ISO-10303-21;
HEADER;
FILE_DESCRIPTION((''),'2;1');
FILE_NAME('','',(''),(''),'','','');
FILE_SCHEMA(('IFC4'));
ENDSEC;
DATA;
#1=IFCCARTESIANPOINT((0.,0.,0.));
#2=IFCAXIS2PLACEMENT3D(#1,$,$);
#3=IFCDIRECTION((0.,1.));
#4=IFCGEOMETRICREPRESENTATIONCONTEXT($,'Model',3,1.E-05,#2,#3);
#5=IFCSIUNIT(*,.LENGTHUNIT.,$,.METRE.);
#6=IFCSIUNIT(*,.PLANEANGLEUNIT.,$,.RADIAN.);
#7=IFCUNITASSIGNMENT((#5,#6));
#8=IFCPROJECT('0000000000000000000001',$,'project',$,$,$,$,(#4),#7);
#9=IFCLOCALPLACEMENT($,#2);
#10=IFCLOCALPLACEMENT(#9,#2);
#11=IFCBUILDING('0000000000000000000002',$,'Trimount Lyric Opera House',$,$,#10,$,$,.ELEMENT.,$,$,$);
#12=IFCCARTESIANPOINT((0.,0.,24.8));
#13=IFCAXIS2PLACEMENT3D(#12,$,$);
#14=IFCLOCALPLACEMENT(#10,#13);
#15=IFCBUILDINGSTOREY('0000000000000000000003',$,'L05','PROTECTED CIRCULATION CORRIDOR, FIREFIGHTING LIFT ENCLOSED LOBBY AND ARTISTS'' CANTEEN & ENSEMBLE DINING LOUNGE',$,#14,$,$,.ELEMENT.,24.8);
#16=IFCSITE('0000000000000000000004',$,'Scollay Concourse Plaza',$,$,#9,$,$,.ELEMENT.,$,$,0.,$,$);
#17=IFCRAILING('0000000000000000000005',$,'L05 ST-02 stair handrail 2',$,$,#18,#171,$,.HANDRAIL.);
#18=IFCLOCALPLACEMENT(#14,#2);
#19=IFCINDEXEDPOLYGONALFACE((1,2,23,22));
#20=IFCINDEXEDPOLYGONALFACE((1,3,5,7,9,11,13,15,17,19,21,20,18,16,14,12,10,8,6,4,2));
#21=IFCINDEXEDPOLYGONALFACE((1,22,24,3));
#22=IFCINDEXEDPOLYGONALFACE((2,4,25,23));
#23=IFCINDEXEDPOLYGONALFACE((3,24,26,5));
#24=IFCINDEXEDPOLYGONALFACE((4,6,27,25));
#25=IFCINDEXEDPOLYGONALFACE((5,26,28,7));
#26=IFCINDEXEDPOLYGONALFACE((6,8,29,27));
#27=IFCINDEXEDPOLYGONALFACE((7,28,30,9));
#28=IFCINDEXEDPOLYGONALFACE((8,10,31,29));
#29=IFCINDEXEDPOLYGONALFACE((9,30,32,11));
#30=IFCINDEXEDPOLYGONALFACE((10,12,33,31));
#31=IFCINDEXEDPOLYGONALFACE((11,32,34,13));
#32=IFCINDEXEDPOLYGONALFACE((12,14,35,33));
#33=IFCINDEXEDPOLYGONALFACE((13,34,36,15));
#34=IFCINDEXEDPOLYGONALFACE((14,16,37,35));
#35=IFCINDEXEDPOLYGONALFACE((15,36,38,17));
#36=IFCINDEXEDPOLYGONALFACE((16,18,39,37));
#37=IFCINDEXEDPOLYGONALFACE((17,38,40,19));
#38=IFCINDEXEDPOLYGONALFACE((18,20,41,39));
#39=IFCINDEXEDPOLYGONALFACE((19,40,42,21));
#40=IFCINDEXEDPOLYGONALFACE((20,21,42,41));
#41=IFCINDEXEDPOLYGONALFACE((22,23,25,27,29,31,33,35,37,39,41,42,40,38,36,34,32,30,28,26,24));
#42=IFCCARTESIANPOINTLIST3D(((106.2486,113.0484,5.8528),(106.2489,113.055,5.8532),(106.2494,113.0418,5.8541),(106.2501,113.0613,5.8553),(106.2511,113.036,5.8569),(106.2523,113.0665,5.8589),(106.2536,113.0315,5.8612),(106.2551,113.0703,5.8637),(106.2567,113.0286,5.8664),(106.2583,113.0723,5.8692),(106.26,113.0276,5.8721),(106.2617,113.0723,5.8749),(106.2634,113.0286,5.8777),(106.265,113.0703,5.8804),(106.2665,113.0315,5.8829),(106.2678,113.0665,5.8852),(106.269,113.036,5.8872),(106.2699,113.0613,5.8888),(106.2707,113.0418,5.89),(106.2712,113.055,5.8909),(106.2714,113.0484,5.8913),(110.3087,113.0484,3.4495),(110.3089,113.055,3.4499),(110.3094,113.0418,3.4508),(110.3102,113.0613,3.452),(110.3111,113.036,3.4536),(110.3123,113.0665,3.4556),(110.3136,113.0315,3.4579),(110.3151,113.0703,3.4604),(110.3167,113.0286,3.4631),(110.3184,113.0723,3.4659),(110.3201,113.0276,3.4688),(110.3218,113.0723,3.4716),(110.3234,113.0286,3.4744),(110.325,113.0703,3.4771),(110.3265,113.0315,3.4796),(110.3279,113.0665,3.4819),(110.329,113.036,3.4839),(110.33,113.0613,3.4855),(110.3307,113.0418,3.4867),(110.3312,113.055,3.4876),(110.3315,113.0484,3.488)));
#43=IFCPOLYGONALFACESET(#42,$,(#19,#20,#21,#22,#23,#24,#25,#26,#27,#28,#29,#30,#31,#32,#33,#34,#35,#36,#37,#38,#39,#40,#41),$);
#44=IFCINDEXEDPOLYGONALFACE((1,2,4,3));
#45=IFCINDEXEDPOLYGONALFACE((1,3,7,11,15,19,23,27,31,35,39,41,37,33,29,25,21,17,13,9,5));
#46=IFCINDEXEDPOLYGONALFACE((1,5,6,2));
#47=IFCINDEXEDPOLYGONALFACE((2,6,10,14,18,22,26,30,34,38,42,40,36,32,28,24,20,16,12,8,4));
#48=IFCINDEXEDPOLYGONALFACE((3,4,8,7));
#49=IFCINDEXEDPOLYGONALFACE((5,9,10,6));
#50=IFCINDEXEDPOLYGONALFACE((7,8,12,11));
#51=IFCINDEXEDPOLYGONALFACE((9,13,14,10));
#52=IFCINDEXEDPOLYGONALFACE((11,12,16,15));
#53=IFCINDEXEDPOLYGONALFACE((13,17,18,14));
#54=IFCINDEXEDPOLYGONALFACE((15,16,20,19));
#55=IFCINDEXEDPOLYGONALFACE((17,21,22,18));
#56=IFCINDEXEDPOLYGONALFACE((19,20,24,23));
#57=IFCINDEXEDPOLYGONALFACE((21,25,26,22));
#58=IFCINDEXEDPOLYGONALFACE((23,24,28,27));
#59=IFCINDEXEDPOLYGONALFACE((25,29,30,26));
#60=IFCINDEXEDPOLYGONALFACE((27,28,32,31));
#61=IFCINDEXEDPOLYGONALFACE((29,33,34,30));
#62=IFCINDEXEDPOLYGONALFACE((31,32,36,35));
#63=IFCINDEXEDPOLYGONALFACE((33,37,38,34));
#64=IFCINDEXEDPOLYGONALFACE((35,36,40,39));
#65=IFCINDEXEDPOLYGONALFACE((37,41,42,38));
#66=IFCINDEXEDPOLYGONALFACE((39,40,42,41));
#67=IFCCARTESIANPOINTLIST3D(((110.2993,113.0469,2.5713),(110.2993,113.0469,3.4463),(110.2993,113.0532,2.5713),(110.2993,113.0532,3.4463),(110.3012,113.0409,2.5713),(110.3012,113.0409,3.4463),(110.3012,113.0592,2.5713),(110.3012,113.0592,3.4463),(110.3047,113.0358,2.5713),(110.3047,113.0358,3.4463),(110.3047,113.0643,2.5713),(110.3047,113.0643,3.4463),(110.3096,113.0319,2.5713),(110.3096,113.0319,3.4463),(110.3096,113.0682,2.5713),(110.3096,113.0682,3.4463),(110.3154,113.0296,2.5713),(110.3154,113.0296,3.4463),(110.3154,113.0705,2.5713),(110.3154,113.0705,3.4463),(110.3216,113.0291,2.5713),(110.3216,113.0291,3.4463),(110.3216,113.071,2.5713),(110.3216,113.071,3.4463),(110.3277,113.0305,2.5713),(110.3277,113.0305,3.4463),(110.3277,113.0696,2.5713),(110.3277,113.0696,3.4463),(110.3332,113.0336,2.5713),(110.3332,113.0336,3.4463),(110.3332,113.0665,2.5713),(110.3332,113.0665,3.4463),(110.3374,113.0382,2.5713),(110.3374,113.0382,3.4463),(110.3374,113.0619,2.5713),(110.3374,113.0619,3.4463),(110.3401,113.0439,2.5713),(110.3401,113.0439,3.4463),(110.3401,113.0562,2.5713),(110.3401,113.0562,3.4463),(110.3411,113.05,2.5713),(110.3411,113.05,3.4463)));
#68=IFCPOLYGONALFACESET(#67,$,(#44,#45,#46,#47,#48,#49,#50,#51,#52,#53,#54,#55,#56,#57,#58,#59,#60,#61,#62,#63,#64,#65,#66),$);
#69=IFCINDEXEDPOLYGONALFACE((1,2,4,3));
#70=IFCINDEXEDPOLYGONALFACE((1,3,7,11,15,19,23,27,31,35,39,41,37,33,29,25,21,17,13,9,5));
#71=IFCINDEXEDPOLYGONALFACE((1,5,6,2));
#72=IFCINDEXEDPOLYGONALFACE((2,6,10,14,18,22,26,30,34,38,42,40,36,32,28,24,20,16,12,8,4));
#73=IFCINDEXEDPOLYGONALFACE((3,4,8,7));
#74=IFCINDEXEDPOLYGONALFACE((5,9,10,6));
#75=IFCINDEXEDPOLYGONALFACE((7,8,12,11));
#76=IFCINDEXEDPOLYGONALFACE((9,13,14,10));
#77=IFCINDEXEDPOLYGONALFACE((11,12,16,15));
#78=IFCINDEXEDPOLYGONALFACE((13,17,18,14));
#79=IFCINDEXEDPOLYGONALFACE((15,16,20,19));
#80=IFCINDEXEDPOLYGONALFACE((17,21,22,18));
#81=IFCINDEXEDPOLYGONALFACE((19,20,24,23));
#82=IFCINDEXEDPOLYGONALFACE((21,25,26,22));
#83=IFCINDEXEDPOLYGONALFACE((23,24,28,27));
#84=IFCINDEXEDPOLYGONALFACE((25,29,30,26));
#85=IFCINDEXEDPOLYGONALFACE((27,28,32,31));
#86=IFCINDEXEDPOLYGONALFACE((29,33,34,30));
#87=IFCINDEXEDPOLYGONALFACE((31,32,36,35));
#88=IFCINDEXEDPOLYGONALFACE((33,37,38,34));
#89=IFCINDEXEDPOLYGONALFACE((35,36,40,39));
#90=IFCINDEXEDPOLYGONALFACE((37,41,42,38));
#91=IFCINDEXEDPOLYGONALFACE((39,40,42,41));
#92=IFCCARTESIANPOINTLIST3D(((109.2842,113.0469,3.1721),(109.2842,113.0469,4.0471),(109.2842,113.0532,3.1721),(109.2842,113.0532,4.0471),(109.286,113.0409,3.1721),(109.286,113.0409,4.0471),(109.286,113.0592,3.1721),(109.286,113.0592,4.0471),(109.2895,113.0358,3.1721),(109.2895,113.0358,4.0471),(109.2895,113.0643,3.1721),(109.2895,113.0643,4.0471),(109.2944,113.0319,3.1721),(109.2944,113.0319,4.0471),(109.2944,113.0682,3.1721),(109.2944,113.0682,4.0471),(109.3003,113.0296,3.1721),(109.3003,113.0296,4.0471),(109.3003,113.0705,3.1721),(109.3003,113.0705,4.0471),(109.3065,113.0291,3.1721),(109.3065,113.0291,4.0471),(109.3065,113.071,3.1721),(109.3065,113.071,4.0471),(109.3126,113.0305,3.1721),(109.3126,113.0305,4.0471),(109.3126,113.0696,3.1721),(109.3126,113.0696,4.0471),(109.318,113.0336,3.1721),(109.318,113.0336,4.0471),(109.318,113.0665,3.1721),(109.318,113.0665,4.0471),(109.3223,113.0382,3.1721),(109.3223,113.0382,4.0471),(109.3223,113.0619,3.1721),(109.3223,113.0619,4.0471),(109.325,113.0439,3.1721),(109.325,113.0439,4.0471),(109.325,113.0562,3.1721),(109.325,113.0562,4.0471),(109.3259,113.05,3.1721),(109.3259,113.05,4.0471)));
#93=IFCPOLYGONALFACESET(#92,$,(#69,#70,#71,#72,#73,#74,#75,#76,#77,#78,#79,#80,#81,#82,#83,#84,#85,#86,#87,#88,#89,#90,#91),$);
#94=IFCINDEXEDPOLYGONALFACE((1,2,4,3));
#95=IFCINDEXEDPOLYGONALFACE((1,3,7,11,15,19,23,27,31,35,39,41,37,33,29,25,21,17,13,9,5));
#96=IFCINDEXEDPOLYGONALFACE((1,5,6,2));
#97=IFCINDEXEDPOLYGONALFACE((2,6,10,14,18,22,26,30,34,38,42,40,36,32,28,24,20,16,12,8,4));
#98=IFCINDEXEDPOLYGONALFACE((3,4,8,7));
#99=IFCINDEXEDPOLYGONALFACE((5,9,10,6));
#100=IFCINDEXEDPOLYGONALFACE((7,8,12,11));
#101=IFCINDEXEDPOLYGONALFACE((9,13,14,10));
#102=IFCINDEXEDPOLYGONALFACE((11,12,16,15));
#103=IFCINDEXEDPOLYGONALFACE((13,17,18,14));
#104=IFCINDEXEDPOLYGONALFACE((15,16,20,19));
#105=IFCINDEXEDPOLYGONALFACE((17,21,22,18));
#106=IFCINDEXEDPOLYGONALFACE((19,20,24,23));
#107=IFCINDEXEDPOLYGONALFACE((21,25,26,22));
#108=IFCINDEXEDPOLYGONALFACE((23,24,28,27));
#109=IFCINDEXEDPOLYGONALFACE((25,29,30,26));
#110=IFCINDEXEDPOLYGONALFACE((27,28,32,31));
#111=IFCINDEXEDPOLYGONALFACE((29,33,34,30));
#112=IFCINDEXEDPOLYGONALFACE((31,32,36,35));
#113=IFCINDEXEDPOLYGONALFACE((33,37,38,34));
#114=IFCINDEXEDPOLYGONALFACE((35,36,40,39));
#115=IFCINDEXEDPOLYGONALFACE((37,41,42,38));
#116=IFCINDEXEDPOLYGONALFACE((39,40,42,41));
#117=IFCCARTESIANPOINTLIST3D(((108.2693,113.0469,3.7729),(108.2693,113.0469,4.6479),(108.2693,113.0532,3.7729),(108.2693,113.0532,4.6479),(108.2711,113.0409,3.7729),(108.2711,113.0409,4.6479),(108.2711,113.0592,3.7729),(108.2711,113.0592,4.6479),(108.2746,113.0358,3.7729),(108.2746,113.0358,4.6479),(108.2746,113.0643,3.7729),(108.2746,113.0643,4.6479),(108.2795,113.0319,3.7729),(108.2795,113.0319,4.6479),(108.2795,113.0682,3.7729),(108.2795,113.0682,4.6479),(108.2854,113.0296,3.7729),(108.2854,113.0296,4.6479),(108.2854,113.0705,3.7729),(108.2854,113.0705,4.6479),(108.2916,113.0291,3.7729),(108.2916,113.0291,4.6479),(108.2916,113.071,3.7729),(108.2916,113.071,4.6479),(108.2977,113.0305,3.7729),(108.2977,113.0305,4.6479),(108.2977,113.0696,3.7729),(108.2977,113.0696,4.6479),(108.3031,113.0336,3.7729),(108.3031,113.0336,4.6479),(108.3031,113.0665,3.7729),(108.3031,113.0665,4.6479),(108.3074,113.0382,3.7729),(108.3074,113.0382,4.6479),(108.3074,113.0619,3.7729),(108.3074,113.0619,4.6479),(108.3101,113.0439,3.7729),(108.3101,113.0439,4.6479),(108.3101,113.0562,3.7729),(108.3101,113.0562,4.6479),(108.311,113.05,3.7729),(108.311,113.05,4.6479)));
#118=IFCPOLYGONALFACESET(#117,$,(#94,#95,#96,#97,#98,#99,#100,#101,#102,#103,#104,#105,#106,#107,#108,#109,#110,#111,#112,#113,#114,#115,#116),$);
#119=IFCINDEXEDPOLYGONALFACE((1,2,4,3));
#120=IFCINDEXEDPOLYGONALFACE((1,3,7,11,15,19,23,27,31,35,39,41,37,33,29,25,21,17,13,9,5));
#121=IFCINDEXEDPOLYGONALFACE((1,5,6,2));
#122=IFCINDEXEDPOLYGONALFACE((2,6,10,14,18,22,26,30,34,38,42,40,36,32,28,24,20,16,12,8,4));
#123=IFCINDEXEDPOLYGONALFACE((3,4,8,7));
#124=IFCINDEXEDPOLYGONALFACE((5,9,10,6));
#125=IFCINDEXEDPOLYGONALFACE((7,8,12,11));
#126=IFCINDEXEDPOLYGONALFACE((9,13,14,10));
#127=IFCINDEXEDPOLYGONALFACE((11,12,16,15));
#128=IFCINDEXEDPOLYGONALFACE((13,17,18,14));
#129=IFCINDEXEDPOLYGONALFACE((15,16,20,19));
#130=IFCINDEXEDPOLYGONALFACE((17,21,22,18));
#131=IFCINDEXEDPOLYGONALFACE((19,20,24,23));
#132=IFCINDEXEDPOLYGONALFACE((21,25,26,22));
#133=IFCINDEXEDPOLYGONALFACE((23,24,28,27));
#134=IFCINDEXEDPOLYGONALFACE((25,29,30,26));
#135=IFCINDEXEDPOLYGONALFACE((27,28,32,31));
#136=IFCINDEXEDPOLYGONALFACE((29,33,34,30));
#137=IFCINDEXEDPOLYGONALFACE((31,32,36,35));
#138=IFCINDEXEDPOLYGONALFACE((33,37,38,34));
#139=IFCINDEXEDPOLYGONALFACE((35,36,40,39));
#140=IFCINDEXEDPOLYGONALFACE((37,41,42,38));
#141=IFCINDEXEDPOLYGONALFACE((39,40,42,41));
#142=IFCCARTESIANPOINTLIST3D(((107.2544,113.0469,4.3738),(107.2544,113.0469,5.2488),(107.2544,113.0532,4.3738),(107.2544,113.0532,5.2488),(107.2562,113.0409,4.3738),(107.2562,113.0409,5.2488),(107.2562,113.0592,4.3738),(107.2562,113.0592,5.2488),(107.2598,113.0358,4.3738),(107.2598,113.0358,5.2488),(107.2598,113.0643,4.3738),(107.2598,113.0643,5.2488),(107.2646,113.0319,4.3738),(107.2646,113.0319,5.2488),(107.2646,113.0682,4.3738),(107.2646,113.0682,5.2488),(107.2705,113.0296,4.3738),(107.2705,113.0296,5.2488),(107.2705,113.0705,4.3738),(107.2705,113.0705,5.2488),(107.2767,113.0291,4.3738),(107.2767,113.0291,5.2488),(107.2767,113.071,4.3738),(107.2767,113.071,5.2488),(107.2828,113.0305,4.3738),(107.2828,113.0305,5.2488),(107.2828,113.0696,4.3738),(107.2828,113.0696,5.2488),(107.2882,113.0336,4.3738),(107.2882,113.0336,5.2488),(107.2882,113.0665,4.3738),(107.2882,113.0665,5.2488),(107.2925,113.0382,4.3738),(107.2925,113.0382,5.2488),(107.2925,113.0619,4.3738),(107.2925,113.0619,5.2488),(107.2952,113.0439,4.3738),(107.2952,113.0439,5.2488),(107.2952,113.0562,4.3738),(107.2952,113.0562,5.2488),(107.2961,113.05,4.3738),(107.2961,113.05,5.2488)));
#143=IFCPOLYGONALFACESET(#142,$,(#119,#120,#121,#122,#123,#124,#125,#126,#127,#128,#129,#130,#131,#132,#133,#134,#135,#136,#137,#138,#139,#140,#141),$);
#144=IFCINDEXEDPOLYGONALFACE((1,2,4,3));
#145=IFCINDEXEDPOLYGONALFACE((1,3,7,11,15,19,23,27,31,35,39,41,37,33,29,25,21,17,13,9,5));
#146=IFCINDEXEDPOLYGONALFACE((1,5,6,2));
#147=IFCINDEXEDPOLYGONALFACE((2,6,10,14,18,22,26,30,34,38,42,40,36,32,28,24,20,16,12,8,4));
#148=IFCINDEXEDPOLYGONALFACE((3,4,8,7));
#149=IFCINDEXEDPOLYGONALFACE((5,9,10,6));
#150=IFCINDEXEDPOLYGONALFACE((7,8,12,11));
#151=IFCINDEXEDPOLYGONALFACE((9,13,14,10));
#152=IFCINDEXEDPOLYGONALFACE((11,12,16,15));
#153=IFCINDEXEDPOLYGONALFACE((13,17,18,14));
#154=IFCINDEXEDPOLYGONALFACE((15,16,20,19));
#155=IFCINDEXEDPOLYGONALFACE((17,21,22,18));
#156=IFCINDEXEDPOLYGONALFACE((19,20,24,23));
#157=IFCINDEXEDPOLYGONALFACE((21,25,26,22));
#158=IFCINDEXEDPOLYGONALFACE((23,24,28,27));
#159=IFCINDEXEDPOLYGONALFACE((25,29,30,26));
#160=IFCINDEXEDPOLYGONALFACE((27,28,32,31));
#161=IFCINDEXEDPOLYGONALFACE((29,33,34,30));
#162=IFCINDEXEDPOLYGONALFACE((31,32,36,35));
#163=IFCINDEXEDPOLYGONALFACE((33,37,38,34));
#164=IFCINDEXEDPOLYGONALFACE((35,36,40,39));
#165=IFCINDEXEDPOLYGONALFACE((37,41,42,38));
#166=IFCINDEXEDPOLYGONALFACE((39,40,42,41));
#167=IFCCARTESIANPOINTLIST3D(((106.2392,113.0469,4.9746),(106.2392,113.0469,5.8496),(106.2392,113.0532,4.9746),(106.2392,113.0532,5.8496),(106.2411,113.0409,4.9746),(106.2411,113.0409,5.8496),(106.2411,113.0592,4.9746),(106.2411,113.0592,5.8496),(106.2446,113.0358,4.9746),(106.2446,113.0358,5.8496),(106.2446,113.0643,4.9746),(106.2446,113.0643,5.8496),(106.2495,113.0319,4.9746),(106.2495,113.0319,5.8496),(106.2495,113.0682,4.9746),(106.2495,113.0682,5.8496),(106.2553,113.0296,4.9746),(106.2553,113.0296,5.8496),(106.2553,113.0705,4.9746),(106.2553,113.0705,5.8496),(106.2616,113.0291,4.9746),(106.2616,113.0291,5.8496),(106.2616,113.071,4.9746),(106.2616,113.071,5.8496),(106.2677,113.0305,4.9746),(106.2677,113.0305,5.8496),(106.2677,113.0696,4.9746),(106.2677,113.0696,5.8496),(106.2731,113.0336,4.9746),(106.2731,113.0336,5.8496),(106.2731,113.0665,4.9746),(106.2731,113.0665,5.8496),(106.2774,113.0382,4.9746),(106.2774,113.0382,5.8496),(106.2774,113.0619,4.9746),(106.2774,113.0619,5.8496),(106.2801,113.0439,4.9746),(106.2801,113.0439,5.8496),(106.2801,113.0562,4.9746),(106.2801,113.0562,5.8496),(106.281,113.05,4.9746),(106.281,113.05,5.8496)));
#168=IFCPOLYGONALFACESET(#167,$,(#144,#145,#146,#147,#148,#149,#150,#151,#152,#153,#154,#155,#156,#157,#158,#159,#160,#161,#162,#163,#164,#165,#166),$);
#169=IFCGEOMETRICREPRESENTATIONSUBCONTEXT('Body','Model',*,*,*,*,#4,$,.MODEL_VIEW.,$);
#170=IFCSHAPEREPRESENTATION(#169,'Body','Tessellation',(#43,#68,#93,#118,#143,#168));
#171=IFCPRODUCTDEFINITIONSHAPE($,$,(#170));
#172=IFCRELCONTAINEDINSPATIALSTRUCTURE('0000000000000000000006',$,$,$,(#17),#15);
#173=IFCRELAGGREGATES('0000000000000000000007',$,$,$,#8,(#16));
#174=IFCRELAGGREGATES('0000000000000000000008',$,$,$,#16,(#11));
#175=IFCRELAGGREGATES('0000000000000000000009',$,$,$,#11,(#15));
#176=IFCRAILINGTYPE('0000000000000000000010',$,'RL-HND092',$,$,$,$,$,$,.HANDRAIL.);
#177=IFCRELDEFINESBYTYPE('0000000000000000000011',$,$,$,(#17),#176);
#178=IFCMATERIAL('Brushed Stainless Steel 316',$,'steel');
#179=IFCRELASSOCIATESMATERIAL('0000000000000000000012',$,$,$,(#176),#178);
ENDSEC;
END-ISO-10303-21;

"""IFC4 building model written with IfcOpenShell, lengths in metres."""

from ifc_helpers import new_model, si_unit, direction, frame, origin, origin_2d, place, context, subcontext, project, spatial, circle, extrude, material, type_object, element, save


model = new_model("IFC4")

# Units and contexts
model_context = context("Model", 3, precision=1e-05, world=origin(), true_north=direction((0.0, 1.0)))
body_context = subcontext(model_context, "Body", "Model", "MODEL_VIEW")
ifc_project = project(units=[si_unit("LENGTHUNIT", "METRE"), si_unit("PLANEANGLEUNIT", "RADIAN")], contexts=[model_context])

# Site, building, storey
site_placement = place(None, origin())
site = spatial("IfcSite", under=ifc_project, at=site_placement, Name="Scollay Concourse Plaza", CompositionType="ELEMENT", RefElevation=0.0)
building_placement = place(site_placement, origin())
building = spatial("IfcBuilding", under=site, at=building_placement, Name="Trimount Lyric Opera House", CompositionType="ELEMENT")
storey_placement = place(building_placement, frame((0.0, 0.0, 24.8)))
storey = spatial("IfcBuildingStorey", under=building, at=storey_placement, Name="L05", Description="PROTECTED CIRCULATION CORRIDOR, FIREFIGHTING LIFT ENCLOSED LOBBY AND ARTISTS' CANTEEN & ENSEMBLE DINING LOUNGE", CompositionType="ELEMENT", Elevation=24.8)

# Railing
ifc_material_1 = material(Name="Brushed Stainless Steel 316", Category="steel")
railing_type_1 = type_object("IfcRailingType", Name="RL-HND092", PredefinedType="HANDRAIL", material=ifc_material_1)
railing_1_placement = place(storey_placement, frame((110.3201, 113.05, 2.5713)))
element("IfcRailing", 1, at=railing_1_placement, inside=storey, type_object=railing_type_1, Name="L05 ST-02 stair handrail 2", PredefinedType="HANDRAIL", context=body_context, shape_type="SweptSolid", body=[
    extrude(circle(Radius=0.0225, at=origin_2d()), frame((0.0, 0.0, 0.8975), z_axis=(-0.860537, 0.0, 0.509388), x_axis=(0.0, -1.0, 0.0)), (0.0, 0.0, 1.0), 4.718),
    extrude(circle(Radius=0.021, at=origin_2d()), origin(), (0.0, 0.0, 1.0), 0.875),
    extrude(circle(Radius=0.021, at=origin_2d()), frame((-1.0151, 0.0, 0.6008)), (0.0, 0.0, 1.0), 0.875),
    extrude(circle(Radius=0.021, at=origin_2d()), frame((-2.03, 0.0, 1.2017)), (0.0, 0.0, 1.0), 0.875),
    extrude(circle(Radius=0.021, at=origin_2d()), frame((-3.0449, 0.0, 1.8025)), (0.0, 0.0, 1.0), 0.875),
    extrude(circle(Radius=0.021, at=origin_2d()), frame((-4.0601, 0.0, 2.4033)), (0.0, 0.0, 1.0), 0.875),
])

save(model, "model.ifc")
